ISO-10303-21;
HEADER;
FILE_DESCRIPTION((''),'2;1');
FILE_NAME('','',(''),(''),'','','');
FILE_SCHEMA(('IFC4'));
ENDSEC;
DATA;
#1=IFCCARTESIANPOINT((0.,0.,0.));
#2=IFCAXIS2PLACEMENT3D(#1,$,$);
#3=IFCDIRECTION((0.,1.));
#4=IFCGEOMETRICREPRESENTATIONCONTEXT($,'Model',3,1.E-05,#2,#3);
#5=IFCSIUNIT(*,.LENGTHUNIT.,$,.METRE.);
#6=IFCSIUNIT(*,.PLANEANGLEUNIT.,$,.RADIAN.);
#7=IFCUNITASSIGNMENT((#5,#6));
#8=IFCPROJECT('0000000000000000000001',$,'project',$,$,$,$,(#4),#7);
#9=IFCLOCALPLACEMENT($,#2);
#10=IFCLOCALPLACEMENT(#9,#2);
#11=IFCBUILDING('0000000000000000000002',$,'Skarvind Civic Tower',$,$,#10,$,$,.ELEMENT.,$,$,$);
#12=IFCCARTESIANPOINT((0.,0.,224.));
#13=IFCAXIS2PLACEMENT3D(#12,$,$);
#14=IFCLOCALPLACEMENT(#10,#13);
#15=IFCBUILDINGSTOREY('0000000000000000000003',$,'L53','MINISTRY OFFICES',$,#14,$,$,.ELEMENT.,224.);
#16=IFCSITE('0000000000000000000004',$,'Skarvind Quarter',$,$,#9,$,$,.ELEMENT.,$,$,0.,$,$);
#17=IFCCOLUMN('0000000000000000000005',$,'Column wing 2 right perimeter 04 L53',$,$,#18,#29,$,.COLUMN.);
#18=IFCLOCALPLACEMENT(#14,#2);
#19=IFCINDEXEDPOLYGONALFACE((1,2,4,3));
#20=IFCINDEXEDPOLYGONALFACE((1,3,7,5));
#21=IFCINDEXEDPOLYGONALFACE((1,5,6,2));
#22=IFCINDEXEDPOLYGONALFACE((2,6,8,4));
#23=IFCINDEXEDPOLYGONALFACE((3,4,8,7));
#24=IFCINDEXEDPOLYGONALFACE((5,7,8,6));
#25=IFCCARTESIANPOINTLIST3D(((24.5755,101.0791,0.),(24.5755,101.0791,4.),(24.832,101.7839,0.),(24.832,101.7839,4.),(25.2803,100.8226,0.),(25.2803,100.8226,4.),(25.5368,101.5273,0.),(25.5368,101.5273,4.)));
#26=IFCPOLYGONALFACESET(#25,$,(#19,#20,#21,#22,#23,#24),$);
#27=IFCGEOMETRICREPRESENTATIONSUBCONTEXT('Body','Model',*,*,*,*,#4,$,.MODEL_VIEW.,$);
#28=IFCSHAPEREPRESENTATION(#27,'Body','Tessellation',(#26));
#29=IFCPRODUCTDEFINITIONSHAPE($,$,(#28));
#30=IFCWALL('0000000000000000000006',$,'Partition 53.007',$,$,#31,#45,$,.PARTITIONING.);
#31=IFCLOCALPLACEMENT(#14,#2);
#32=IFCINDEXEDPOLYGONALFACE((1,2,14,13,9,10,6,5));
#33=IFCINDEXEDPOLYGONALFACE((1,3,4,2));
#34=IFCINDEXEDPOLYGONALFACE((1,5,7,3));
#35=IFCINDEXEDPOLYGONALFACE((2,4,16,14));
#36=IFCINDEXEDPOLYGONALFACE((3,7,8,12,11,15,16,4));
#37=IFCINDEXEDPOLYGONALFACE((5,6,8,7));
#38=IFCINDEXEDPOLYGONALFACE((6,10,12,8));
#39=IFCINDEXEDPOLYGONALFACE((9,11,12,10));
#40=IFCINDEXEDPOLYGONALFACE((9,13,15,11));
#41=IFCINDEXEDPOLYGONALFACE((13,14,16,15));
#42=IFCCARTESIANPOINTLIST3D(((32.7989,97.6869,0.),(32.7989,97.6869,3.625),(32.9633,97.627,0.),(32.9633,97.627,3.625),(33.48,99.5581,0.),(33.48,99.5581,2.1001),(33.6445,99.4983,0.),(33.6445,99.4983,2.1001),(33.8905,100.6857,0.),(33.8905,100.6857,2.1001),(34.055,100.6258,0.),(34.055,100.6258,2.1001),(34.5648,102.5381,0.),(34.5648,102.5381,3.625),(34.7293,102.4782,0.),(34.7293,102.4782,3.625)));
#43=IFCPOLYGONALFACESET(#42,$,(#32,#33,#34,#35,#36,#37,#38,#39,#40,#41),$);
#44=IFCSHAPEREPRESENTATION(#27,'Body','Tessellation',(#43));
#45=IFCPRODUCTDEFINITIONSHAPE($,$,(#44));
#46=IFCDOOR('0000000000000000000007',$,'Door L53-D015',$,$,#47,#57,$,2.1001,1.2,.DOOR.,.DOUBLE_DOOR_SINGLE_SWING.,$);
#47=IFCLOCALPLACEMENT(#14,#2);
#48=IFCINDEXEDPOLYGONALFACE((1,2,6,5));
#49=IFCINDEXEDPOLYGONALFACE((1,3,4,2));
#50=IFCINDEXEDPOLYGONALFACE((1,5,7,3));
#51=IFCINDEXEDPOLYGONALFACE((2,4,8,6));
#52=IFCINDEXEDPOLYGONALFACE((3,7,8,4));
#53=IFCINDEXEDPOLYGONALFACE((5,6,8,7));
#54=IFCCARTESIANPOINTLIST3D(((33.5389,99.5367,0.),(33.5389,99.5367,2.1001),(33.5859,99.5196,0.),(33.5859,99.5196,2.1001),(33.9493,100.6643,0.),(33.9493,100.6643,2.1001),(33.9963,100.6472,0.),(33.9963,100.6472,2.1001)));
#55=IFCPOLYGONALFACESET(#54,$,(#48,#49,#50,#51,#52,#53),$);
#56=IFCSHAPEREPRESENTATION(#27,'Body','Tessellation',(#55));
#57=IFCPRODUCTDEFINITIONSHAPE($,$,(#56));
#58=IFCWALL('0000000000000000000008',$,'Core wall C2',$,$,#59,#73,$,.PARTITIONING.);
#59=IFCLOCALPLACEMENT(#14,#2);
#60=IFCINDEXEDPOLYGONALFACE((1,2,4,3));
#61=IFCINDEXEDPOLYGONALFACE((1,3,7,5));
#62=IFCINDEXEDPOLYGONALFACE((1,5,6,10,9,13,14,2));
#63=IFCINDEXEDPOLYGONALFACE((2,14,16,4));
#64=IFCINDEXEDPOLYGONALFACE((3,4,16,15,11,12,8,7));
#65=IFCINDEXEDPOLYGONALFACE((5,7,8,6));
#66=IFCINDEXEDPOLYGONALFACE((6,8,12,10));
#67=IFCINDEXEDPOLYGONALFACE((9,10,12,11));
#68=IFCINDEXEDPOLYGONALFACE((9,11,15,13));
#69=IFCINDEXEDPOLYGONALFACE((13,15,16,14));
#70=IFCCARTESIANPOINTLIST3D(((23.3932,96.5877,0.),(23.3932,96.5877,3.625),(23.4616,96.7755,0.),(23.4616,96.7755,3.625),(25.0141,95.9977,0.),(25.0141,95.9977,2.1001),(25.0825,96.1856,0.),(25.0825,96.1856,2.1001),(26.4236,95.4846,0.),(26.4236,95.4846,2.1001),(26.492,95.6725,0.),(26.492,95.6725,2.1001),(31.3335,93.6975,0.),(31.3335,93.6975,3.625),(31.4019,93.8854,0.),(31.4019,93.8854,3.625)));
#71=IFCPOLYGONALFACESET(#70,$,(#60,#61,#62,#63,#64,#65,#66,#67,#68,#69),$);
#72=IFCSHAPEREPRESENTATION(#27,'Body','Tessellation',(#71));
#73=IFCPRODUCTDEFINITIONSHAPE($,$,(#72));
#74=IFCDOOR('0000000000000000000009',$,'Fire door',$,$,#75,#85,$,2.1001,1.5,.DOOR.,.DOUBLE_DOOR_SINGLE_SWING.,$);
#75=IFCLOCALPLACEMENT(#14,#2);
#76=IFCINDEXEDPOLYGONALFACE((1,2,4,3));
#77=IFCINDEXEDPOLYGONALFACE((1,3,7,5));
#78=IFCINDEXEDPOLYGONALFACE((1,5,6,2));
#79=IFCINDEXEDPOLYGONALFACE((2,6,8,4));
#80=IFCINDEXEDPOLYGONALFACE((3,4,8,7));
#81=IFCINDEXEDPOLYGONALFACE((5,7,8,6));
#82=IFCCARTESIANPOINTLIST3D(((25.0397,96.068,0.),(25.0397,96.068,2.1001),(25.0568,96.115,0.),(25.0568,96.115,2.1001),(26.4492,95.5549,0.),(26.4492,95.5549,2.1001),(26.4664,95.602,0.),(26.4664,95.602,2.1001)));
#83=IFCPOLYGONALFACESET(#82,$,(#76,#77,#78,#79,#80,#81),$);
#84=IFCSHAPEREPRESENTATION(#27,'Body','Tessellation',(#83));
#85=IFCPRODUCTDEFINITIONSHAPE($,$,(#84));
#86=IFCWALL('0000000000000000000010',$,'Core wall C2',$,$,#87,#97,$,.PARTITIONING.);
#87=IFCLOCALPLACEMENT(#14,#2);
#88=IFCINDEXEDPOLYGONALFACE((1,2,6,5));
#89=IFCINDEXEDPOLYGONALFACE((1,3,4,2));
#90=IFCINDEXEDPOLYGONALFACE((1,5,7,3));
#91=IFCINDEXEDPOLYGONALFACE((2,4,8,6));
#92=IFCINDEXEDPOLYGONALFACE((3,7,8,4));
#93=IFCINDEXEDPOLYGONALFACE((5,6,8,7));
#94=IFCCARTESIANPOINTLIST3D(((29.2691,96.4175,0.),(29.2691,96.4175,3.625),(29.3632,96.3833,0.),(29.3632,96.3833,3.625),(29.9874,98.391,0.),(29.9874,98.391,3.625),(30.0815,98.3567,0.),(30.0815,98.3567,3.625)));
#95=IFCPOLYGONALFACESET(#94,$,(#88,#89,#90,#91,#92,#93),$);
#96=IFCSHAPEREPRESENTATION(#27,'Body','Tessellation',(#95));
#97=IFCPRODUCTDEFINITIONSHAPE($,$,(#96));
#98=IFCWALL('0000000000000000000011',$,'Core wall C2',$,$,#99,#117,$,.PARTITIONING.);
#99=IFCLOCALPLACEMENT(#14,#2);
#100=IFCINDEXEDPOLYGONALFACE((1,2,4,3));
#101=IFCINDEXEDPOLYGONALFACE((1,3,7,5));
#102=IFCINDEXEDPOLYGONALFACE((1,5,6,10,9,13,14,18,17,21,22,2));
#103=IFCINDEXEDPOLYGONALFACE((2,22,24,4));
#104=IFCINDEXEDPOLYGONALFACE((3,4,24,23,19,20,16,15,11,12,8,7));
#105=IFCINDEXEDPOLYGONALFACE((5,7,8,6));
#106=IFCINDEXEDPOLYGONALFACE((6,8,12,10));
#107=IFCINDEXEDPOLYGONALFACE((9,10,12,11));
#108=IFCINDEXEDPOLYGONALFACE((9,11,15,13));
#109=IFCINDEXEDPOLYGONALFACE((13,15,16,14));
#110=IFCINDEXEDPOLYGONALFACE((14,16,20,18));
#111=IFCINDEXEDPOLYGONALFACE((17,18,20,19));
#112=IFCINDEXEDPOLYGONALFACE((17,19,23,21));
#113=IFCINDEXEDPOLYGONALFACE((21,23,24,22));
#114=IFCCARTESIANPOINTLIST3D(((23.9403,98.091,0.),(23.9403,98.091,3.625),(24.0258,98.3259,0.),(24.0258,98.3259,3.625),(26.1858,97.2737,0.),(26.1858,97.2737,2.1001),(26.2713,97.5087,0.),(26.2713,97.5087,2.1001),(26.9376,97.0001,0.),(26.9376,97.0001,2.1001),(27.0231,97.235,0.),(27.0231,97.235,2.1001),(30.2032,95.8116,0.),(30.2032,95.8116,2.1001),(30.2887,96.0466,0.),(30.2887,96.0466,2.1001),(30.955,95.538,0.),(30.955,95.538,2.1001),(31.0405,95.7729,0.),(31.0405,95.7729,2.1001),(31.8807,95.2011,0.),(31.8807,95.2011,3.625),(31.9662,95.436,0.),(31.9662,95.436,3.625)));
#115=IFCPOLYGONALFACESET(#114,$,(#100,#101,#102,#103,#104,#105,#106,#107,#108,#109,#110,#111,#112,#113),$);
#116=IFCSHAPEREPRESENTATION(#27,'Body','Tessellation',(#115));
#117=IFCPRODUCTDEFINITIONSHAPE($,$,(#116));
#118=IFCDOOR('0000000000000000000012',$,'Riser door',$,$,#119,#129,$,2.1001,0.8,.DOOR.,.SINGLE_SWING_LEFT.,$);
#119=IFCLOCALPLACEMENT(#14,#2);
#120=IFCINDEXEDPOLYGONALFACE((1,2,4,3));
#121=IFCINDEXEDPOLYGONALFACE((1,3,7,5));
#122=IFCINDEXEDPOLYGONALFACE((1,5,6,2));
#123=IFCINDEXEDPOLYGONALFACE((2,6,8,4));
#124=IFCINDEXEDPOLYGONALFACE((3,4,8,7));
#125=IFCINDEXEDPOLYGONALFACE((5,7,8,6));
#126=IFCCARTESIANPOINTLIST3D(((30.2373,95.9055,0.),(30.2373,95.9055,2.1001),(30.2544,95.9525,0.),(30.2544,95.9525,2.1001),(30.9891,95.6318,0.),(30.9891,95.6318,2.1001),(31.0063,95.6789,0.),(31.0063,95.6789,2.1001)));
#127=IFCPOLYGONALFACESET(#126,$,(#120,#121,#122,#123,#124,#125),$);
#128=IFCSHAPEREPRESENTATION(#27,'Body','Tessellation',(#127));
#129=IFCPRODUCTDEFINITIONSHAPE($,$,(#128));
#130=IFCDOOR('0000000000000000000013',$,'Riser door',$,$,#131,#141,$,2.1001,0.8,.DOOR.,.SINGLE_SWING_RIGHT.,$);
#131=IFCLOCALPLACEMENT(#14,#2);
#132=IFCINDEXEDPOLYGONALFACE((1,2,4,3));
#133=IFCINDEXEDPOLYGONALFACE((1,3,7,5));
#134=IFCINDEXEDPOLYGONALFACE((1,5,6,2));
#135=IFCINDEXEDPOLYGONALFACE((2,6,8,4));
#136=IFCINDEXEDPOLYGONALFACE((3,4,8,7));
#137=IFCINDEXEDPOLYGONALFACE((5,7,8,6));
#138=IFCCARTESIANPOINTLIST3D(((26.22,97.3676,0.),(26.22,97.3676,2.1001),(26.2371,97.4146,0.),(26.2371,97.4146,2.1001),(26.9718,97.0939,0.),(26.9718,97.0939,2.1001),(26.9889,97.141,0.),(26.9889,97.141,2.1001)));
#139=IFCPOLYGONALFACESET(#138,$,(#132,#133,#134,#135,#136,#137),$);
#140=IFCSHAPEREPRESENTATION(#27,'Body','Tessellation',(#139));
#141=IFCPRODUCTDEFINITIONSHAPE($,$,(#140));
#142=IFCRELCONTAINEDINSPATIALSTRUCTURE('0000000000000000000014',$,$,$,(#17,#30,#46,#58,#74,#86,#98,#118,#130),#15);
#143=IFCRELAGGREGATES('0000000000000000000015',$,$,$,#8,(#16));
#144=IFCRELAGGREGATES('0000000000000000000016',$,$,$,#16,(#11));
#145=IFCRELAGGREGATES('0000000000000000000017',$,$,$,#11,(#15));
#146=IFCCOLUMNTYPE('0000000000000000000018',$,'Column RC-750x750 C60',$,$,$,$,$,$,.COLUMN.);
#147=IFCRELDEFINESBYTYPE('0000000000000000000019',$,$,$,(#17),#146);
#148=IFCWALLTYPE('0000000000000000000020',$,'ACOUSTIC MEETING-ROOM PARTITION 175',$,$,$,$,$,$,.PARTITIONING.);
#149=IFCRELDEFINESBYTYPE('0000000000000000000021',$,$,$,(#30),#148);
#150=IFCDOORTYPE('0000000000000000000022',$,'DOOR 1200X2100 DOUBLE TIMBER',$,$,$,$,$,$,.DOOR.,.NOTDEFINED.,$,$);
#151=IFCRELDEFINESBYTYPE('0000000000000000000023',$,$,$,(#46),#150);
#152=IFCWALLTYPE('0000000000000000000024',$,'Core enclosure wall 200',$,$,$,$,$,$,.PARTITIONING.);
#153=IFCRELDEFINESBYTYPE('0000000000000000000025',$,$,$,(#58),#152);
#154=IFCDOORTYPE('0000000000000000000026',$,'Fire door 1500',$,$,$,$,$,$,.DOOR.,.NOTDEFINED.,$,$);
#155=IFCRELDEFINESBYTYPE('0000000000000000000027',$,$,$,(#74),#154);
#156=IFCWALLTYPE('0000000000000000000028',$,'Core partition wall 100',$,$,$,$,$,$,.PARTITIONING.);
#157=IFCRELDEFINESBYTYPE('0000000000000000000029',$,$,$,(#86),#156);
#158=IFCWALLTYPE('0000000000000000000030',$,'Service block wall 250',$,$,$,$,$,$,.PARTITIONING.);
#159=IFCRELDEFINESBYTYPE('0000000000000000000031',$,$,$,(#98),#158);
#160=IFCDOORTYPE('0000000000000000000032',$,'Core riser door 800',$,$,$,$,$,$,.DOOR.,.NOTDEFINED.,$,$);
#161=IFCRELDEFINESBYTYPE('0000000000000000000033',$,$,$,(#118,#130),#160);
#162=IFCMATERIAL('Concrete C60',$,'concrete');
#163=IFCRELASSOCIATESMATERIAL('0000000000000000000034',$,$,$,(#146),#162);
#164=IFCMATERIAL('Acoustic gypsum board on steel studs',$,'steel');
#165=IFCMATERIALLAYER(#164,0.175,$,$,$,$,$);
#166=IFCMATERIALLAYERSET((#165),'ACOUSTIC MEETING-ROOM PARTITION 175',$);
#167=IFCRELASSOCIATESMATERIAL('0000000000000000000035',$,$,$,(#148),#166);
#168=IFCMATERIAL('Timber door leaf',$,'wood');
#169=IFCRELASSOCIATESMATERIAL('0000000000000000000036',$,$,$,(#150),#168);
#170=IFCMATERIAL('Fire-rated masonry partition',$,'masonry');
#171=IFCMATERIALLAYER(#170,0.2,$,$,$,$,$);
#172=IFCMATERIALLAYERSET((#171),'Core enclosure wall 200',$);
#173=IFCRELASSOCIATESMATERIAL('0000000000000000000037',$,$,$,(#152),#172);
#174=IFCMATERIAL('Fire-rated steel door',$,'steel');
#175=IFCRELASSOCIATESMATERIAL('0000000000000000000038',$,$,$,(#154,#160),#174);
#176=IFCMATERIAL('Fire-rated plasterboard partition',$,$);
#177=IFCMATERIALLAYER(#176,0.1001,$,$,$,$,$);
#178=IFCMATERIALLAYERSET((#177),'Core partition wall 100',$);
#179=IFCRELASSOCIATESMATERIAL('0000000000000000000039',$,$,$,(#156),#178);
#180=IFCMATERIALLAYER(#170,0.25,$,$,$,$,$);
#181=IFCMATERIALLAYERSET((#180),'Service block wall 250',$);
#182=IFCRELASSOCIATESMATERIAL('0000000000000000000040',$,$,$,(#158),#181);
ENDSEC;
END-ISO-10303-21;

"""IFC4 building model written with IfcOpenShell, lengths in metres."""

from ifc_helpers import new_model, si_unit, direction, frame, frame_2d, origin, origin_2d, place, context, subcontext, project, spatial, rectangle, extrude, material, layer, layer_set, material_profile, profile_set, type_object, element, fill, save


model = new_model("IFC4")

# Units and contexts
model_context = context("Model", 3, precision=1e-05, world=origin(), true_north=direction((0.0, 1.0)))
body_context = subcontext(model_context, "Body", "Model", "MODEL_VIEW")
ifc_project = project(units=[si_unit("LENGTHUNIT", "METRE"), si_unit("PLANEANGLEUNIT", "RADIAN")], contexts=[model_context])

# Site, building, storey
site_placement = place(None, origin())
site = spatial("IfcSite", under=ifc_project, at=site_placement, Name="Skarvind Quarter", CompositionType="ELEMENT", RefElevation=0.0)
building_placement = place(site_placement, origin())
building = spatial("IfcBuilding", under=site, at=building_placement, Name="Skarvind Civic Tower", CompositionType="ELEMENT")
storey_placement = place(building_placement, frame((0.0, 0.0, 224.0)))
storey = spatial("IfcBuildingStorey", under=building, at=storey_placement, Name="L53", Description="MINISTRY OFFICES", CompositionType="ELEMENT", Elevation=224.0)

# Column
ifc_material_1 = material(Name="Concrete C60", Category="concrete")
ifc_material_profile = material_profile(ifc_material_1, rectangle(XDim=0.75, YDim=0.75, at=origin_2d()), Name="RC-750x750")
ifc_profile_set = profile_set([ifc_material_profile], Name="Concrete C60")
column_type = type_object("IfcColumnType", Name="Column RC-750x750 C60", PredefinedType="COLUMN", material=ifc_profile_set)
column_placement = place(storey_placement, frame((25.0562, 101.3032, 0.0), z_axis=(0.0, 0.0, 1.0), x_axis=(-0.34202, -0.939693, 0.0)))
element("IfcColumn", 1, at=column_placement, inside=storey, type_object=column_type, Name="Column wing 2 right perimeter 04 L53", PredefinedType="COLUMN", context=body_context, shape_type="SweptSolid", body=[
    extrude(rectangle(XDim=0.75, YDim=0.75, at=origin_2d()), origin(), (0.0, 0.0, 1.0), 4.0),
])

# Walls, openings, doors
ifc_material_2 = material(Name="Acoustic gypsum board on steel studs", Category="steel")
ifc_layer_1 = layer(ifc_material_2, 0.175)
ifc_layer_set_1 = layer_set([ifc_layer_1], Name="ACOUSTIC MEETING-ROOM PARTITION 175")
wall_type_1 = type_object("IfcWallType", Name="ACOUSTIC MEETING-ROOM PARTITION 175", PredefinedType="PARTITIONING", material=ifc_layer_set_1)
wall_1_placement = place(storey_placement, frame((32.8811, 97.657, 0.0), z_axis=(0.0, 0.0, 1.0), x_axis=(0.342058, 0.939679, 0.0)))
wall_1 = element("IfcWall", 2, at=wall_1_placement, inside=storey, type_object=wall_type_1, Name="Partition 53.007", PredefinedType="PARTITIONING", context=body_context, shape_type="SweptSolid", body=[
    extrude(rectangle(XDim=5.1626, YDim=0.175, at=frame_2d((2.5813, 0.0))), origin(), (0.0, 0.0, 1.0), 3.625),
])
opening_1_placement = place(wall_1_placement, frame((1.9912, 0.0, 0.0)))
opening_1 = element("IfcOpeningElement", 3, at=opening_1_placement, cuts=wall_1, PredefinedType="OPENING", context=body_context, shape_type="SweptSolid", body=[
    extrude(rectangle(XDim=1.2, YDim=2.1001, at=frame_2d((0.6001, 1.05))), frame((0.0, 0.0974, 0.0), z_axis=(0.0, -1.0, 0.0), x_axis=(1.0, 0.0, 0.0)), (0.0, 0.0, 1.0), 0.1951),
])
ifc_material_3 = material(Name="Timber door leaf", Category="wood")
door_type_1 = type_object("IfcDoorType", Name="DOOR 1200X2100 DOUBLE TIMBER", OperationType="NOTDEFINED", PredefinedType="DOOR", material=ifc_material_3)
door_1_placement = place(opening_1_placement, origin())
door_1 = element("IfcDoor", 4, at=door_1_placement, inside=storey, type_object=door_type_1, Name="Door L53-D015", OperationType="DOUBLE_DOOR_SINGLE_SWING", OverallHeight=2.1001, OverallWidth=1.2, PredefinedType="DOOR", context=body_context, shape_type="SweptSolid", body=[
    extrude(rectangle(XDim=1.2, YDim=2.1001, at=frame_2d((0.6001, 1.05))), frame((0.0, 0.0249, 0.0), z_axis=(0.0, -1.0, 0.0), x_axis=(1.0, 0.0, 0.0)), (0.0, 0.0, 1.0), 0.05),
])
fill(opening_1, door_1)
ifc_material_4 = material(Name="Fire-rated masonry partition", Category="masonry")
ifc_layer_2 = layer(ifc_material_4, 0.2)
ifc_layer_set_2 = layer_set([ifc_layer_2], Name="Core enclosure wall 200")
wall_type_2 = type_object("IfcWallType", Name="Core enclosure wall 200", PredefinedType="PARTITIONING", material=ifc_layer_set_2)
wall_2_placement = place(storey_placement, frame((23.4272, 96.6816, 0.0), z_axis=(0.0, 0.0, 1.0), x_axis=(0.93969, -0.342026, 0.0)))
wall_2 = element("IfcWall", 5, at=wall_2_placement, inside=storey, type_object=wall_type_2, Name="Core wall C2", PredefinedType="PARTITIONING", context=body_context, shape_type="SweptSolid", body=[
    extrude(rectangle(XDim=8.45, YDim=0.2, at=frame_2d((4.2251, 0.0))), origin(), (0.0, 0.0, 1.0), 3.625),
])
opening_2_placement = place(wall_2_placement, frame((1.7251, 0.0, 0.0)))
opening_2 = element("IfcOpeningElement", 6, at=opening_2_placement, cuts=wall_2, PredefinedType="OPENING", context=body_context, shape_type="SweptSolid", body=[
    extrude(rectangle(XDim=1.5, YDim=2.1001, at=frame_2d((0.75, 1.05))), frame((0.0, 0.1099, 0.0), z_axis=(0.0, -1.0, 0.0), x_axis=(1.0, 0.0, 0.0)), (0.0, 0.0, 1.0), 0.22),
])
ifc_material_5 = material(Name="Fire-rated steel door", Category="steel")
door_type_2 = type_object("IfcDoorType", Name="Fire door 1500", OperationType="NOTDEFINED", PredefinedType="DOOR", material=ifc_material_5)
door_2_placement = place(opening_2_placement, origin())
door_2 = element("IfcDoor", 7, at=door_2_placement, inside=storey, type_object=door_type_2, Name="Fire door", OperationType="DOUBLE_DOOR_SINGLE_SWING", OverallHeight=2.1001, OverallWidth=1.5, PredefinedType="DOOR", context=body_context, shape_type="SweptSolid", body=[
    extrude(rectangle(XDim=1.5, YDim=2.1001, at=frame_2d((0.75, 1.05))), frame((0.0, 0.0249, 0.0), z_axis=(0.0, -1.0, 0.0), x_axis=(1.0, 0.0, 0.0)), (0.0, 0.0, 1.0), 0.05),
])
fill(opening_2, door_2)

# Wall
ifc_material_6 = material(Name="Fire-rated plasterboard partition")
ifc_layer_3 = layer(ifc_material_6, 0.1001)
ifc_layer_set_3 = layer_set([ifc_layer_3], Name="Core partition wall 100")
wall_type_3 = type_object("IfcWallType", Name="Core partition wall 100", PredefinedType="PARTITIONING", material=ifc_layer_set_3)
wall_3_placement = place(storey_placement, frame((29.3162, 96.4004, 0.0), z_axis=(0.0, 0.0, 1.0), x_axis=(0.342023, 0.939692, 0.0)))
element("IfcWall", 8, at=wall_3_placement, inside=storey, type_object=wall_type_3, Name="Core wall C2", PredefinedType="PARTITIONING", context=body_context, shape_type="SweptSolid", body=[
    extrude(rectangle(XDim=2.1001, YDim=0.1001, at=frame_2d((1.05, 0.0))), origin(), (0.0, 0.0, 1.0), 3.625),
])

# Wall, openings, doors
ifc_layer_4 = layer(ifc_material_4, 0.25)
ifc_layer_set_4 = layer_set([ifc_layer_4], Name="Service block wall 250")
wall_type_4 = type_object("IfcWallType", Name="Service block wall 250", PredefinedType="PARTITIONING", material=ifc_layer_set_4)
wall_4_placement = place(storey_placement, frame((23.9829, 98.2085, 0.0), z_axis=(0.0, 0.0, 1.0), x_axis=(0.9397, -0.342001, 0.0)))
wall_4 = element("IfcWall", 9, at=wall_4_placement, inside=storey, type_object=wall_type_4, Name="Core wall C2", PredefinedType="PARTITIONING", context=body_context, shape_type="SweptSolid", body=[
    extrude(rectangle(XDim=8.45, YDim=0.25, at=frame_2d((4.2251, 0.0))), origin(), (0.0, 0.0, 1.0), 3.625),
])
opening_3_placement = place(wall_4_placement, frame((6.665, 0.0, 0.0)))
opening_3 = element("IfcOpeningElement", 10, at=opening_3_placement, cuts=wall_4, PredefinedType="OPENING", context=body_context, shape_type="SweptSolid", body=[
    extrude(rectangle(XDim=0.8, YDim=2.1001, at=frame_2d((0.3999, 1.05))), frame((0.0, 0.135, 0.0), z_axis=(0.0, -1.0, 0.0), x_axis=(1.0, 0.0, 0.0)), (0.0, 0.0, 1.0), 0.27),
])
opening_4_placement = place(wall_4_placement, frame((2.3899, 0.0, 0.0)))
opening_4 = element("IfcOpeningElement", 11, at=opening_4_placement, cuts=wall_4, PredefinedType="OPENING", context=body_context, shape_type="SweptSolid", body=[
    extrude(rectangle(XDim=0.8, YDim=2.1001, at=frame_2d((0.3999, 1.05))), frame((0.0, 0.135, 0.0), z_axis=(0.0, -1.0, 0.0), x_axis=(1.0, 0.0, 0.0)), (0.0, 0.0, 1.0), 0.27),
])
door_type_3 = type_object("IfcDoorType", Name="Core riser door 800", OperationType="NOTDEFINED", PredefinedType="DOOR", material=ifc_material_5)
door_3_placement = place(opening_3_placement, origin())
door_3 = element("IfcDoor", 12, at=door_3_placement, inside=storey, type_object=door_type_3, Name="Riser door", OperationType="SINGLE_SWING_LEFT", OverallHeight=2.1001, OverallWidth=0.8, PredefinedType="DOOR", context=body_context, shape_type="SweptSolid", body=[
    extrude(rectangle(XDim=0.8, YDim=2.1001, at=frame_2d((0.3999, 1.05))), frame((0.0, 0.0249, 0.0), z_axis=(0.0, -1.0, 0.0), x_axis=(1.0, 0.0, 0.0)), (0.0, 0.0, 1.0), 0.05),
])
fill(opening_3, door_3)
door_4_placement = place(opening_4_placement, origin())
door_4 = element("IfcDoor", 13, at=door_4_placement, inside=storey, type_object=door_type_3, Name="Riser door", OperationType="SINGLE_SWING_RIGHT", OverallHeight=2.1001, OverallWidth=0.8, PredefinedType="DOOR", context=body_context, shape_type="SweptSolid", body=[
    extrude(rectangle(XDim=0.8, YDim=2.1001, at=frame_2d((0.3999, 1.05))), frame((0.0, 0.0249, 0.0), z_axis=(0.0, -1.0, 0.0), x_axis=(1.0, 0.0, 0.0)), (0.0, 0.0, 1.0), 0.05),
])
fill(opening_4, door_4)

save(model, "model.ifc")
